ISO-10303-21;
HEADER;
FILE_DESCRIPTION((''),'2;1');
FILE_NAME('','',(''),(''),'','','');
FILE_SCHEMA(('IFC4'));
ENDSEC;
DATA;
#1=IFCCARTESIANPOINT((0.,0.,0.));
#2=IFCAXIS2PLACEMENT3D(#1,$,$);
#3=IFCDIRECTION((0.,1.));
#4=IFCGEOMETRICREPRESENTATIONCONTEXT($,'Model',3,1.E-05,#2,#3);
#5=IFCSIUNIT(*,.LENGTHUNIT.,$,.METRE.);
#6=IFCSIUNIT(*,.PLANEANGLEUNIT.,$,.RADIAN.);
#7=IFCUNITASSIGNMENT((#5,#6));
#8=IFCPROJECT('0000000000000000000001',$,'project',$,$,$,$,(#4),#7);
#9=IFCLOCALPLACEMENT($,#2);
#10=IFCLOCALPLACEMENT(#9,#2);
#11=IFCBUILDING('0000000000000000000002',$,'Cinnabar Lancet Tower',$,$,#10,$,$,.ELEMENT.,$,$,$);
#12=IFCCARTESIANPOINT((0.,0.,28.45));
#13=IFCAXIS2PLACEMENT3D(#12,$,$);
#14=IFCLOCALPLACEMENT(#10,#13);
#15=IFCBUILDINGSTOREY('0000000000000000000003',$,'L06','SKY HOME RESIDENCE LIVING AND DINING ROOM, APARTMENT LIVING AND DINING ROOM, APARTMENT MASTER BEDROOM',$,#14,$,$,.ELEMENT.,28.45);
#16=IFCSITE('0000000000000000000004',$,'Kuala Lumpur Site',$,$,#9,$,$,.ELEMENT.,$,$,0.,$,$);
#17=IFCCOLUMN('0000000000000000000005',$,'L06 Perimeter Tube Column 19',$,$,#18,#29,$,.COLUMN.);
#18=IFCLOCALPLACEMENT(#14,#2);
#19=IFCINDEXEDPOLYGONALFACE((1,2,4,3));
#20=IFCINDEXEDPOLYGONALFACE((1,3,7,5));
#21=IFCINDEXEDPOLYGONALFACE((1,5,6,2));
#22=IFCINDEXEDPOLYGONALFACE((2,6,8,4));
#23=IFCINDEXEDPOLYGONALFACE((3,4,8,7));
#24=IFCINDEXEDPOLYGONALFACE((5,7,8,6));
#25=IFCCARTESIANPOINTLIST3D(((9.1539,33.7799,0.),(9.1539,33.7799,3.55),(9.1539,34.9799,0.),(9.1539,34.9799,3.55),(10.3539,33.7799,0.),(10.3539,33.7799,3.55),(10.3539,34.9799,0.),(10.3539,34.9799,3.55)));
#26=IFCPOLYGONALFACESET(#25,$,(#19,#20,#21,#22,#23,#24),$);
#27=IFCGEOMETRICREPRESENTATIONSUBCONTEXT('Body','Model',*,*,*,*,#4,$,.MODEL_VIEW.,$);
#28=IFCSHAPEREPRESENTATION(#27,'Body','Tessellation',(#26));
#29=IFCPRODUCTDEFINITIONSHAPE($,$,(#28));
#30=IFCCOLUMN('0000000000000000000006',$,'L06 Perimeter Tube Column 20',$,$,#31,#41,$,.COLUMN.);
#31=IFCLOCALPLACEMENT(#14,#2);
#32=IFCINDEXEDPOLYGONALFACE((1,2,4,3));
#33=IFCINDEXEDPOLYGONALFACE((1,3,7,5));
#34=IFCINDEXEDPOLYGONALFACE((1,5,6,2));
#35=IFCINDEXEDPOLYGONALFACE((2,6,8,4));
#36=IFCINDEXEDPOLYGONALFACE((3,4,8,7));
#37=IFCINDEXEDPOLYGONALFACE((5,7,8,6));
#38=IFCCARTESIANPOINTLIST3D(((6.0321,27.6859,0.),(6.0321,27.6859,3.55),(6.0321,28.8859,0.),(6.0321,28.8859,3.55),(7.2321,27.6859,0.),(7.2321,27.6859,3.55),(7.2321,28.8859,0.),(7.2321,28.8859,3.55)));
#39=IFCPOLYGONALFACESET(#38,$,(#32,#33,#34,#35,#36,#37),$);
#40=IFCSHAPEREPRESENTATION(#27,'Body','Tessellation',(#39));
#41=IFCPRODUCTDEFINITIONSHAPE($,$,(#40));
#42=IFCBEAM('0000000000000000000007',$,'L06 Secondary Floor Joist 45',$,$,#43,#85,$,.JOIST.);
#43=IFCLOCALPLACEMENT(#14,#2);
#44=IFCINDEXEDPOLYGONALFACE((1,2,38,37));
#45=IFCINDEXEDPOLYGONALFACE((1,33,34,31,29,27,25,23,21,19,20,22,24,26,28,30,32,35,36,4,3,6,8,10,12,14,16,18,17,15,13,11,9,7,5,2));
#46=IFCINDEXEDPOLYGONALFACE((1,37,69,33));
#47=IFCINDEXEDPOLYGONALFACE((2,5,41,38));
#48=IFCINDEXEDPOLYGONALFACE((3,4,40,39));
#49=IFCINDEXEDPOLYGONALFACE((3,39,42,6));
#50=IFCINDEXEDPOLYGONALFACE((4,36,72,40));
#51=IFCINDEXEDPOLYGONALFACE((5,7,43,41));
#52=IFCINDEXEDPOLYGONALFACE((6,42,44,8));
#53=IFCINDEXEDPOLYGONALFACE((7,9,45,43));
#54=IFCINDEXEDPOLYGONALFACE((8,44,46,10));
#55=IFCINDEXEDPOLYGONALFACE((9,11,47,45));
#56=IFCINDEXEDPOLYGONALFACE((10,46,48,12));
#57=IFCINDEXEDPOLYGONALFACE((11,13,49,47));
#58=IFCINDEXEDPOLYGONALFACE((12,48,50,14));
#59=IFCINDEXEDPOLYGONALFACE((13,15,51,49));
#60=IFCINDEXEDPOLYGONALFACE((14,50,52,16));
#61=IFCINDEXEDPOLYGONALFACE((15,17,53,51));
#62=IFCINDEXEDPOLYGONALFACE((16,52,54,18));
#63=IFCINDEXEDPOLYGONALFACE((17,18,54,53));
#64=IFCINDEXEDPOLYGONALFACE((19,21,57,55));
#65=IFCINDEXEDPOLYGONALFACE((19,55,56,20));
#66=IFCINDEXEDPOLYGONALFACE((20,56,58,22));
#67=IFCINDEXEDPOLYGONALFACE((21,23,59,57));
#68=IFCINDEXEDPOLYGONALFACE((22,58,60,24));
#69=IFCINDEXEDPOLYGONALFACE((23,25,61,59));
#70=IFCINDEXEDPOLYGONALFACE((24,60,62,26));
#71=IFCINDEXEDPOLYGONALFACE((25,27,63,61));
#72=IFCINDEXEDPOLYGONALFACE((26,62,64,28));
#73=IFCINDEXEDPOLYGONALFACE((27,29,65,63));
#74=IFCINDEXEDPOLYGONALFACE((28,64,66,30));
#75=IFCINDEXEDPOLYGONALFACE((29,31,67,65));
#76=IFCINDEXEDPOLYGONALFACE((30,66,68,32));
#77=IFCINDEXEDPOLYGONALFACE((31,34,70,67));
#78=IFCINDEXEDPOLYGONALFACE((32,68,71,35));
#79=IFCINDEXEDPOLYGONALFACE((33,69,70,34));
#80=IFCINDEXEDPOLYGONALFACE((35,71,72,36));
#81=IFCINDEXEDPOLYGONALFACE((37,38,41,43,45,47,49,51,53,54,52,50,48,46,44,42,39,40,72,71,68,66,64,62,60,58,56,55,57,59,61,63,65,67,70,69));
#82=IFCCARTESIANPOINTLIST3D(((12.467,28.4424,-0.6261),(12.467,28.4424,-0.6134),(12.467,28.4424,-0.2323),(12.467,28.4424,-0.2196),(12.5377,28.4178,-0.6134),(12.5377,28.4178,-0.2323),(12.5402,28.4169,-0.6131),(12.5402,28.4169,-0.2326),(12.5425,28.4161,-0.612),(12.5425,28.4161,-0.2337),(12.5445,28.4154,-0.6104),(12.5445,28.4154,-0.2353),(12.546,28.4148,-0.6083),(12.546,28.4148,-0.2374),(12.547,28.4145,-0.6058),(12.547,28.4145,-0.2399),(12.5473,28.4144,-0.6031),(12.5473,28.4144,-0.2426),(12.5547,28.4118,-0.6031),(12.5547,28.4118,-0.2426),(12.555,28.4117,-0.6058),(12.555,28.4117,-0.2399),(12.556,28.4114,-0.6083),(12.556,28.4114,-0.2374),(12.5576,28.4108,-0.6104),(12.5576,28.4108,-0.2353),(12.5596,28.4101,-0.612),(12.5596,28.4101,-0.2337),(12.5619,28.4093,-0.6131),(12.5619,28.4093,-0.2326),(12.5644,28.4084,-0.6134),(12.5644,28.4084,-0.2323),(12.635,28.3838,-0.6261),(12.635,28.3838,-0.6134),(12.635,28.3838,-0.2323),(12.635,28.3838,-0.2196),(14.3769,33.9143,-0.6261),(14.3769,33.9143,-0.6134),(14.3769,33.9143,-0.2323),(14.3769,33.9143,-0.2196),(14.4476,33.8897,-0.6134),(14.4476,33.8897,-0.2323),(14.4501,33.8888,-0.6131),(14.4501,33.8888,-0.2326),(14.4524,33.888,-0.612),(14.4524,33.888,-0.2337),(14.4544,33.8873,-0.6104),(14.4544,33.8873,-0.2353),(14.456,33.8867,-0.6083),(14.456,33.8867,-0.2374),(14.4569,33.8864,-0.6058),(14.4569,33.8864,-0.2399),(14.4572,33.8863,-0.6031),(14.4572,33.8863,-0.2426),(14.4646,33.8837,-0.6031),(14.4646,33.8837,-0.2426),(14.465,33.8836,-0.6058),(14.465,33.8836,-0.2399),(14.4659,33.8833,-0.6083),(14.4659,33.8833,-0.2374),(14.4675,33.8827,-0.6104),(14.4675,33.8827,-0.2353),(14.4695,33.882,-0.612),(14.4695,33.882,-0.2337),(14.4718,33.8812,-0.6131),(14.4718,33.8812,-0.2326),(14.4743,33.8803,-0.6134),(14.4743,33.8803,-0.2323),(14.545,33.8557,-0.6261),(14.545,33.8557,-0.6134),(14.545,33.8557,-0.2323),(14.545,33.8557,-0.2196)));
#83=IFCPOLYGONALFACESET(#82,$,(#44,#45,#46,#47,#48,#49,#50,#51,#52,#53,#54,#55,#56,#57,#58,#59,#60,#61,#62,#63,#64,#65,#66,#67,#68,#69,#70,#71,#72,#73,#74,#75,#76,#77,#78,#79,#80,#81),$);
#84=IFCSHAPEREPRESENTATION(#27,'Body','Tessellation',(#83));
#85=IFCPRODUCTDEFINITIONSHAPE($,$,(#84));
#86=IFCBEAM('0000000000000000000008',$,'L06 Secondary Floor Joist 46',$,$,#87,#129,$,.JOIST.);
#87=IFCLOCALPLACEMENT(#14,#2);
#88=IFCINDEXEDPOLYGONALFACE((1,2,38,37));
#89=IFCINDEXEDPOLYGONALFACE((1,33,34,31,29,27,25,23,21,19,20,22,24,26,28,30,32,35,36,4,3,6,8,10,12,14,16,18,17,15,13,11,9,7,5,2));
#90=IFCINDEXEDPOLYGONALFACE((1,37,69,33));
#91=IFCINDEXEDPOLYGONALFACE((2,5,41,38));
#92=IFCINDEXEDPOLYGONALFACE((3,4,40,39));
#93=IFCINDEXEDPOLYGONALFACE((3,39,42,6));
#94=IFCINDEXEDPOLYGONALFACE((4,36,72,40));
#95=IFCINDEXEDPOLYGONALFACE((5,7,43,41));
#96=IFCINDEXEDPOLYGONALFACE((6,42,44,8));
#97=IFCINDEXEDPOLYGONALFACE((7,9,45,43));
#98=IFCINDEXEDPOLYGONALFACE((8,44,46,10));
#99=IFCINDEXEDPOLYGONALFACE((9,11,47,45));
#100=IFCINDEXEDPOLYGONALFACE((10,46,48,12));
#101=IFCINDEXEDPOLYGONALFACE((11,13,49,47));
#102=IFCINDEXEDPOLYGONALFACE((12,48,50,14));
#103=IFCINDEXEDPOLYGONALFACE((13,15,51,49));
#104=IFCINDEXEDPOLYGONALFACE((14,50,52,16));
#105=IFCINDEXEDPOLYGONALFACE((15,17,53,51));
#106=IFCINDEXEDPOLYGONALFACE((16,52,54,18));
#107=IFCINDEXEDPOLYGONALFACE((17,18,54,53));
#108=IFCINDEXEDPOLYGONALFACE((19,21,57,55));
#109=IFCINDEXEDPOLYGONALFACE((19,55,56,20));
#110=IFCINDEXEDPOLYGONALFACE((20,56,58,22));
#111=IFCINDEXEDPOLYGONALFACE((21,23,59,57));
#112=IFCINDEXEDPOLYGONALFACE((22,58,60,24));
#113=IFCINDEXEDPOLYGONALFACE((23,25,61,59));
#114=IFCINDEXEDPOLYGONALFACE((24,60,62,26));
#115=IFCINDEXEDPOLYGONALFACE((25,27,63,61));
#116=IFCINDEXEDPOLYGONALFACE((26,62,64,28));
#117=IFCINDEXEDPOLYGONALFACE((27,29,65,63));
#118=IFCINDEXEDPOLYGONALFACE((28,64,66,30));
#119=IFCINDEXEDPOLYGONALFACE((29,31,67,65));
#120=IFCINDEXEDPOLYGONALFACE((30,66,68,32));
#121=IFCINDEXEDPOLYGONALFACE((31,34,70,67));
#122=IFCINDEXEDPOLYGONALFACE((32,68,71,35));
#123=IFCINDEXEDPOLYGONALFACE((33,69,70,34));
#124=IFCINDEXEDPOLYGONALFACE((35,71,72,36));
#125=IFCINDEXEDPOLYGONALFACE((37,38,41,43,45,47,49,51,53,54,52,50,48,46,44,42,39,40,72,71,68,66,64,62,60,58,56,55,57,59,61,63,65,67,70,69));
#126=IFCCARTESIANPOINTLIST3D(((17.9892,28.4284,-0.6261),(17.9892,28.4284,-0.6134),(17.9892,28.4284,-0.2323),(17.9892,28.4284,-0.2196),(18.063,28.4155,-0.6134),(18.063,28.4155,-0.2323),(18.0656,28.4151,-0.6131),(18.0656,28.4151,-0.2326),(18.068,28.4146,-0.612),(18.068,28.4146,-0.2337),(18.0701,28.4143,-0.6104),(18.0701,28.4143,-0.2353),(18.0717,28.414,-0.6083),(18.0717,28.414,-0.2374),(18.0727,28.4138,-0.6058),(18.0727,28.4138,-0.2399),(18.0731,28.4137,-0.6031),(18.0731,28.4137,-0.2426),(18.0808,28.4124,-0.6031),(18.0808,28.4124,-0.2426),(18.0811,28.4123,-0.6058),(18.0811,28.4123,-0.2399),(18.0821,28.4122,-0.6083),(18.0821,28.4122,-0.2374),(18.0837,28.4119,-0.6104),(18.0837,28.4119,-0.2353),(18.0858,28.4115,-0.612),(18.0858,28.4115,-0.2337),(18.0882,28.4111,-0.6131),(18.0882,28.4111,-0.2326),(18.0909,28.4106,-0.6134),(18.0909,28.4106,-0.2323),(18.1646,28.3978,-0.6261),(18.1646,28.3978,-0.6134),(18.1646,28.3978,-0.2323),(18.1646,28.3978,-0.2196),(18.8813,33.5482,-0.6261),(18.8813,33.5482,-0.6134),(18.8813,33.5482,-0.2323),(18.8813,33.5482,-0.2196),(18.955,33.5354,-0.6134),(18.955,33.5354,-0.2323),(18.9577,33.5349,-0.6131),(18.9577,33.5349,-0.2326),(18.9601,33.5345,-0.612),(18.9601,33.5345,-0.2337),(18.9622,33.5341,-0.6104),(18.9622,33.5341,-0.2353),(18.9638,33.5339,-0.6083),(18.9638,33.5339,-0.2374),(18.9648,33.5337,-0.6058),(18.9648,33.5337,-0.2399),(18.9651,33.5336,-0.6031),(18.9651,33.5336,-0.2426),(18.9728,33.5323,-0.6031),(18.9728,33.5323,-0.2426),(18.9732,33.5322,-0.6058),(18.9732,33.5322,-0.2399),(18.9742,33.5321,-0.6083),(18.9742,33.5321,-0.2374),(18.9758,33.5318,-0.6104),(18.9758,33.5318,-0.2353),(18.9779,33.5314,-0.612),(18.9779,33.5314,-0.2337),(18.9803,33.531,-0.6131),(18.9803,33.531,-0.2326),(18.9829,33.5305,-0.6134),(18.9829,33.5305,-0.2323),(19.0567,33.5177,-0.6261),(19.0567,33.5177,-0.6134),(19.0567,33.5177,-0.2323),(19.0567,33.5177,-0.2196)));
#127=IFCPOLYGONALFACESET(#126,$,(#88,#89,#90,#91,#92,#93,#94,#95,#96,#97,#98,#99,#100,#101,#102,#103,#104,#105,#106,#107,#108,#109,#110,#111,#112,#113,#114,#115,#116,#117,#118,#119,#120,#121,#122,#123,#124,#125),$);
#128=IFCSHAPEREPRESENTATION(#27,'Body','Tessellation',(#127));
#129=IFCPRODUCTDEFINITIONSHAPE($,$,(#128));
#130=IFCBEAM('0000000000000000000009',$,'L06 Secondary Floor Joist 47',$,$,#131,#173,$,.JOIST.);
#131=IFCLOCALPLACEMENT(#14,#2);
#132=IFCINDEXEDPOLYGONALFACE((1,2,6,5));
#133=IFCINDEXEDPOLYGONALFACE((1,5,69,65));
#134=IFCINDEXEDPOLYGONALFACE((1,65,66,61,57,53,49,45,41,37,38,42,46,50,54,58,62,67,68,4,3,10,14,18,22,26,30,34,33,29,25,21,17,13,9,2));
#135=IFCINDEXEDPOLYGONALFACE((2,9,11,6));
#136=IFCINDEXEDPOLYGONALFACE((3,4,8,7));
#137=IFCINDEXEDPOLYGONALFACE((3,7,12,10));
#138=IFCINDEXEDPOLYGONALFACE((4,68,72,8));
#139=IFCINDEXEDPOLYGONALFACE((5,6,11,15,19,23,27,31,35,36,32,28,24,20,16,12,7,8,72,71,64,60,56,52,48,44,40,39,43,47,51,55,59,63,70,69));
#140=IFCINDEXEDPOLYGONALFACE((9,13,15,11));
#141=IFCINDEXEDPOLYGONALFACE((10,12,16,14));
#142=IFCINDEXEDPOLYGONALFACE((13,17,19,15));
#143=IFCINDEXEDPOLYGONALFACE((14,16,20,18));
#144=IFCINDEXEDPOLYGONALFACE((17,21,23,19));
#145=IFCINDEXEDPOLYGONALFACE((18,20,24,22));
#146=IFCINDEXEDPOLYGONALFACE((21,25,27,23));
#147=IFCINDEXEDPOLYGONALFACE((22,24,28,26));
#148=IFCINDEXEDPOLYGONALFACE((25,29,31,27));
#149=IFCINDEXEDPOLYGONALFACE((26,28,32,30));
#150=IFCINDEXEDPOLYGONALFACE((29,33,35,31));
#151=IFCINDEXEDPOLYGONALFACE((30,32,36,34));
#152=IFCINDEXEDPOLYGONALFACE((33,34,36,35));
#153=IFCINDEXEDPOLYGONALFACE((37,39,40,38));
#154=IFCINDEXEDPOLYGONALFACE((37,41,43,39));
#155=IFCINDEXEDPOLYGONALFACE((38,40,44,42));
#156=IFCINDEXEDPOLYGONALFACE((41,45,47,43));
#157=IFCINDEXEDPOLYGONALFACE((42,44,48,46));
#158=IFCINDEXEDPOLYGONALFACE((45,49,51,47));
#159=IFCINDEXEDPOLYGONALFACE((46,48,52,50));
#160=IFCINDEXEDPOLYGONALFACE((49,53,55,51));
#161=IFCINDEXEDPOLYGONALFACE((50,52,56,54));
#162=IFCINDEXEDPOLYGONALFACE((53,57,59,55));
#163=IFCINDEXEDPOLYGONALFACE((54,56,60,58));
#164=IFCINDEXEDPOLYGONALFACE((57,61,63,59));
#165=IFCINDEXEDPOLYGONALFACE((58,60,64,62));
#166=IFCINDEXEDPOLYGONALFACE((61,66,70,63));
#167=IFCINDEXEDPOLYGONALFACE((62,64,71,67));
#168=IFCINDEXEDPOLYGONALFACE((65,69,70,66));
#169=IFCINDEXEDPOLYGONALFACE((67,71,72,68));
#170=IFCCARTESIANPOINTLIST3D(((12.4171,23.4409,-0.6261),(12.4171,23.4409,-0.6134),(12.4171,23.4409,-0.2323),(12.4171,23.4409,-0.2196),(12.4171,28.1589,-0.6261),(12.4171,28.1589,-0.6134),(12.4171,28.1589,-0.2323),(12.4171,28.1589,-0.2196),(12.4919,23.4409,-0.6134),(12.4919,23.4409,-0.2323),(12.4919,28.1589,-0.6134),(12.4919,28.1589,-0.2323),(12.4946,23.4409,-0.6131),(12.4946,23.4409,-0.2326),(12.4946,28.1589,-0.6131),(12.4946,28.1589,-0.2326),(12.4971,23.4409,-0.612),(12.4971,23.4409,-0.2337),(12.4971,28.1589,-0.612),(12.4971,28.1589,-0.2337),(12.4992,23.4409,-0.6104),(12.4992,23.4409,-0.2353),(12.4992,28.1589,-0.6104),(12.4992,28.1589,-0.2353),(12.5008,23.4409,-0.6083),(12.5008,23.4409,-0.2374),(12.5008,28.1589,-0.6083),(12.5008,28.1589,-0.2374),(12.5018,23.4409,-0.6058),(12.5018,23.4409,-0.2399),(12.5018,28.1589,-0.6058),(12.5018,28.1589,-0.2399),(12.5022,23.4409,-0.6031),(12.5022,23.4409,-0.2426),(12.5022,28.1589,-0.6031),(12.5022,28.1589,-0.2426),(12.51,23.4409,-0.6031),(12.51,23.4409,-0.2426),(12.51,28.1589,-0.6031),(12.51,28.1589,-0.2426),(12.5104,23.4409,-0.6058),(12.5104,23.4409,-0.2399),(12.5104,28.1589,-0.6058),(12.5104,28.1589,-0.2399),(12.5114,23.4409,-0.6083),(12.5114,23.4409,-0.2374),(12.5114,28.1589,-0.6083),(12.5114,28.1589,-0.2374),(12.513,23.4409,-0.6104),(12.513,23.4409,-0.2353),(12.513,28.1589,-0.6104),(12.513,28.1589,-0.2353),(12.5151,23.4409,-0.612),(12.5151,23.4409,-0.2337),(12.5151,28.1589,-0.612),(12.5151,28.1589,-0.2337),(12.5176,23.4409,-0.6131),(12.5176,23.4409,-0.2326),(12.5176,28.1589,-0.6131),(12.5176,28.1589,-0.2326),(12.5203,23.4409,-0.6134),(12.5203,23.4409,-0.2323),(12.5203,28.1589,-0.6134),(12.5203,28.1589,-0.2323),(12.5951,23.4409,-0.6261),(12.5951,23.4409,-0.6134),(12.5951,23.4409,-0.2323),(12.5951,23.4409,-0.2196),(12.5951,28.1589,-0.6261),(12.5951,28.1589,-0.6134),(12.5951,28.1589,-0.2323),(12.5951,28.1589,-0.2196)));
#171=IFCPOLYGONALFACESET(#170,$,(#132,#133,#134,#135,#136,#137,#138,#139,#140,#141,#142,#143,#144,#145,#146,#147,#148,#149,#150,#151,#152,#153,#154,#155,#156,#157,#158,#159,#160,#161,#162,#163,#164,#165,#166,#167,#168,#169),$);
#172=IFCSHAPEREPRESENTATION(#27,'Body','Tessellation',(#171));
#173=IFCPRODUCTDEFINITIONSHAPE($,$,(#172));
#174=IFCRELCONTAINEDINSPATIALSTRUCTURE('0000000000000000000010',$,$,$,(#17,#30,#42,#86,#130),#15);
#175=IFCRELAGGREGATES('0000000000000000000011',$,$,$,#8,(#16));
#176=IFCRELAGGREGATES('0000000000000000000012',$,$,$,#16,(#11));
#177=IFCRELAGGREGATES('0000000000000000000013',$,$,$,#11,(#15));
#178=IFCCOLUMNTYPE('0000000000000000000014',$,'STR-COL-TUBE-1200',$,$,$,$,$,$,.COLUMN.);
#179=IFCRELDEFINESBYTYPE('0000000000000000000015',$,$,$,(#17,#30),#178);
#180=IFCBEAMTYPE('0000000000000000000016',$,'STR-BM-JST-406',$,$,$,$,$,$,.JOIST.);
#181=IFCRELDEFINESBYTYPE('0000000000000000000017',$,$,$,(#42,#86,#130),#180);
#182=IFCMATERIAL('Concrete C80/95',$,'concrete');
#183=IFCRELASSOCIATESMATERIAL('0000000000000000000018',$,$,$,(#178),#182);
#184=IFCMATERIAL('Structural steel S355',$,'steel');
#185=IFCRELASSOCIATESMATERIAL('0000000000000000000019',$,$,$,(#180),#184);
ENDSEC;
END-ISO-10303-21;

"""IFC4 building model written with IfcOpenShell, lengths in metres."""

from ifc_helpers import new_model, si_unit, direction, frame, origin, origin_2d, place, context, subcontext, project, spatial, rectangle, i_section, extrude, material, material_profile, profile_set, type_object, element, save


model = new_model("IFC4")

# Units and contexts
model_context = context("Model", 3, precision=1e-05, world=origin(), true_north=direction((0.0, 1.0)))
body_context = subcontext(model_context, "Body", "Model", "MODEL_VIEW")
ifc_project = project(units=[si_unit("LENGTHUNIT", "METRE"), si_unit("PLANEANGLEUNIT", "RADIAN")], contexts=[model_context])

# Site, building, storey
site_placement = place(None, origin())
site = spatial("IfcSite", under=ifc_project, at=site_placement, Name="Kuala Lumpur Site", CompositionType="ELEMENT", RefElevation=0.0)
building_placement = place(site_placement, origin())
building = spatial("IfcBuilding", under=site, at=building_placement, Name="Cinnabar Lancet Tower", CompositionType="ELEMENT")
storey_placement = place(building_placement, frame((0.0, 0.0, 28.45)))
storey = spatial("IfcBuildingStorey", under=building, at=storey_placement, Name="L06", Description="SKY HOME RESIDENCE LIVING AND DINING ROOM, APARTMENT LIVING AND DINING ROOM, APARTMENT MASTER BEDROOM", CompositionType="ELEMENT", Elevation=28.45)

# Columns
ifc_material_1 = material(Name="Concrete C80/95", Category="concrete")
ifc_material_profile_1 = material_profile(ifc_material_1, rectangle(XDim=1.2, YDim=1.2, at=origin_2d()), Name="RC-COL 1200x1200")
ifc_profile_set_1 = profile_set([ifc_material_profile_1], Name="Concrete C80/95")
column_type = type_object("IfcColumnType", Name="STR-COL-TUBE-1200", PredefinedType="COLUMN", material=ifc_profile_set_1)
for number, where, z_axis, x_axis, name in (
    (1, (9.7539, 34.3799, 0.0), (0.0, 0.0, 1.0), (1.0, 0.0, 0.0), "L06 Perimeter Tube Column 19"),
    (2, (6.6321, 28.2859, 0.0), (0.0, 0.0, 1.0), (1.0, 0.0, 0.0), "L06 Perimeter Tube Column 20"),
):
    element("IfcColumn", number, at=place(storey_placement, frame(where, z_axis=z_axis, x_axis=x_axis)), inside=storey, type_object=column_type, Name=name, PredefinedType="COLUMN", context=body_context, shape_type="SweptSolid", body=[
        extrude(rectangle(XDim=1.2, YDim=1.2, at=origin_2d()), origin(), (0.0, 0.0, 1.0), 3.55),
    ])

# Beams
ifc_material_2 = material(Name="Structural steel S355", Category="steel")
ifc_material_profile_2 = material_profile(ifc_material_2, i_section(OverallWidth=0.178, OverallDepth=0.4065, WebThickness=0.0078, FlangeThickness=0.0127, FilletRadius=0.0103, at=origin_2d()), Name="UKB 406x178x60")
ifc_profile_set_2 = profile_set([ifc_material_profile_2], Name="Structural steel S355")
beam_type_1 = type_object("IfcBeamType", Name="STR-BM-JST-406", PredefinedType="JOIST", material=ifc_profile_set_2)
beam_1_placement = place(storey_placement, frame((14.4609, 33.885, -0.4229), z_axis=(-0.329542, -0.944141, 0.0), x_axis=(0.944141, -0.329542, 0.0)))
element("IfcBeam", 3, at=beam_1_placement, inside=storey, type_object=beam_type_1, Name="L06 Secondary Floor Joist 45", PredefinedType="JOIST", context=body_context, shape_type="SweptSolid", body=[
    extrude(i_section(OverallWidth=0.178, OverallDepth=0.4065, WebThickness=0.0078, FlangeThickness=0.0127, FilletRadius=0.0103, at=origin_2d()), origin(), (0.0, 0.0, 1.0), 5.7957),
])
beam_2_placement = place(storey_placement, frame((18.969, 33.533, -0.4229), z_axis=(-0.171654, -0.985157, 0.0), x_axis=(0.985157, -0.171654, 0.0)))
element("IfcBeam", 4, at=beam_2_placement, inside=storey, type_object=beam_type_1, Name="L06 Secondary Floor Joist 46", PredefinedType="JOIST", context=body_context, shape_type="SweptSolid", body=[
    extrude(i_section(OverallWidth=0.178, OverallDepth=0.4065, WebThickness=0.0078, FlangeThickness=0.0127, FilletRadius=0.0103, at=origin_2d()), origin(), (0.0, 0.0, 1.0), 5.197),
])
for number, where, z_axis, x_axis, name in (
    (5, (12.5061, 28.1589, -0.4229), (0.0, -1.0, 0.0), (1.0, 0.0, 0.0), "L06 Secondary Floor Joist 47"),
):
    element("IfcBeam", number, at=place(storey_placement, frame(where, z_axis=z_axis, x_axis=x_axis)), inside=storey, type_object=beam_type_1, Name=name, PredefinedType="JOIST", context=body_context, shape_type="SweptSolid", body=[
        extrude(i_section(OverallWidth=0.178, OverallDepth=0.4065, WebThickness=0.0078, FlangeThickness=0.0127, FilletRadius=0.0103, at=origin_2d()), origin(), (0.0, 0.0, 1.0), 4.718),
    ])

save(model, "model.ifc")
